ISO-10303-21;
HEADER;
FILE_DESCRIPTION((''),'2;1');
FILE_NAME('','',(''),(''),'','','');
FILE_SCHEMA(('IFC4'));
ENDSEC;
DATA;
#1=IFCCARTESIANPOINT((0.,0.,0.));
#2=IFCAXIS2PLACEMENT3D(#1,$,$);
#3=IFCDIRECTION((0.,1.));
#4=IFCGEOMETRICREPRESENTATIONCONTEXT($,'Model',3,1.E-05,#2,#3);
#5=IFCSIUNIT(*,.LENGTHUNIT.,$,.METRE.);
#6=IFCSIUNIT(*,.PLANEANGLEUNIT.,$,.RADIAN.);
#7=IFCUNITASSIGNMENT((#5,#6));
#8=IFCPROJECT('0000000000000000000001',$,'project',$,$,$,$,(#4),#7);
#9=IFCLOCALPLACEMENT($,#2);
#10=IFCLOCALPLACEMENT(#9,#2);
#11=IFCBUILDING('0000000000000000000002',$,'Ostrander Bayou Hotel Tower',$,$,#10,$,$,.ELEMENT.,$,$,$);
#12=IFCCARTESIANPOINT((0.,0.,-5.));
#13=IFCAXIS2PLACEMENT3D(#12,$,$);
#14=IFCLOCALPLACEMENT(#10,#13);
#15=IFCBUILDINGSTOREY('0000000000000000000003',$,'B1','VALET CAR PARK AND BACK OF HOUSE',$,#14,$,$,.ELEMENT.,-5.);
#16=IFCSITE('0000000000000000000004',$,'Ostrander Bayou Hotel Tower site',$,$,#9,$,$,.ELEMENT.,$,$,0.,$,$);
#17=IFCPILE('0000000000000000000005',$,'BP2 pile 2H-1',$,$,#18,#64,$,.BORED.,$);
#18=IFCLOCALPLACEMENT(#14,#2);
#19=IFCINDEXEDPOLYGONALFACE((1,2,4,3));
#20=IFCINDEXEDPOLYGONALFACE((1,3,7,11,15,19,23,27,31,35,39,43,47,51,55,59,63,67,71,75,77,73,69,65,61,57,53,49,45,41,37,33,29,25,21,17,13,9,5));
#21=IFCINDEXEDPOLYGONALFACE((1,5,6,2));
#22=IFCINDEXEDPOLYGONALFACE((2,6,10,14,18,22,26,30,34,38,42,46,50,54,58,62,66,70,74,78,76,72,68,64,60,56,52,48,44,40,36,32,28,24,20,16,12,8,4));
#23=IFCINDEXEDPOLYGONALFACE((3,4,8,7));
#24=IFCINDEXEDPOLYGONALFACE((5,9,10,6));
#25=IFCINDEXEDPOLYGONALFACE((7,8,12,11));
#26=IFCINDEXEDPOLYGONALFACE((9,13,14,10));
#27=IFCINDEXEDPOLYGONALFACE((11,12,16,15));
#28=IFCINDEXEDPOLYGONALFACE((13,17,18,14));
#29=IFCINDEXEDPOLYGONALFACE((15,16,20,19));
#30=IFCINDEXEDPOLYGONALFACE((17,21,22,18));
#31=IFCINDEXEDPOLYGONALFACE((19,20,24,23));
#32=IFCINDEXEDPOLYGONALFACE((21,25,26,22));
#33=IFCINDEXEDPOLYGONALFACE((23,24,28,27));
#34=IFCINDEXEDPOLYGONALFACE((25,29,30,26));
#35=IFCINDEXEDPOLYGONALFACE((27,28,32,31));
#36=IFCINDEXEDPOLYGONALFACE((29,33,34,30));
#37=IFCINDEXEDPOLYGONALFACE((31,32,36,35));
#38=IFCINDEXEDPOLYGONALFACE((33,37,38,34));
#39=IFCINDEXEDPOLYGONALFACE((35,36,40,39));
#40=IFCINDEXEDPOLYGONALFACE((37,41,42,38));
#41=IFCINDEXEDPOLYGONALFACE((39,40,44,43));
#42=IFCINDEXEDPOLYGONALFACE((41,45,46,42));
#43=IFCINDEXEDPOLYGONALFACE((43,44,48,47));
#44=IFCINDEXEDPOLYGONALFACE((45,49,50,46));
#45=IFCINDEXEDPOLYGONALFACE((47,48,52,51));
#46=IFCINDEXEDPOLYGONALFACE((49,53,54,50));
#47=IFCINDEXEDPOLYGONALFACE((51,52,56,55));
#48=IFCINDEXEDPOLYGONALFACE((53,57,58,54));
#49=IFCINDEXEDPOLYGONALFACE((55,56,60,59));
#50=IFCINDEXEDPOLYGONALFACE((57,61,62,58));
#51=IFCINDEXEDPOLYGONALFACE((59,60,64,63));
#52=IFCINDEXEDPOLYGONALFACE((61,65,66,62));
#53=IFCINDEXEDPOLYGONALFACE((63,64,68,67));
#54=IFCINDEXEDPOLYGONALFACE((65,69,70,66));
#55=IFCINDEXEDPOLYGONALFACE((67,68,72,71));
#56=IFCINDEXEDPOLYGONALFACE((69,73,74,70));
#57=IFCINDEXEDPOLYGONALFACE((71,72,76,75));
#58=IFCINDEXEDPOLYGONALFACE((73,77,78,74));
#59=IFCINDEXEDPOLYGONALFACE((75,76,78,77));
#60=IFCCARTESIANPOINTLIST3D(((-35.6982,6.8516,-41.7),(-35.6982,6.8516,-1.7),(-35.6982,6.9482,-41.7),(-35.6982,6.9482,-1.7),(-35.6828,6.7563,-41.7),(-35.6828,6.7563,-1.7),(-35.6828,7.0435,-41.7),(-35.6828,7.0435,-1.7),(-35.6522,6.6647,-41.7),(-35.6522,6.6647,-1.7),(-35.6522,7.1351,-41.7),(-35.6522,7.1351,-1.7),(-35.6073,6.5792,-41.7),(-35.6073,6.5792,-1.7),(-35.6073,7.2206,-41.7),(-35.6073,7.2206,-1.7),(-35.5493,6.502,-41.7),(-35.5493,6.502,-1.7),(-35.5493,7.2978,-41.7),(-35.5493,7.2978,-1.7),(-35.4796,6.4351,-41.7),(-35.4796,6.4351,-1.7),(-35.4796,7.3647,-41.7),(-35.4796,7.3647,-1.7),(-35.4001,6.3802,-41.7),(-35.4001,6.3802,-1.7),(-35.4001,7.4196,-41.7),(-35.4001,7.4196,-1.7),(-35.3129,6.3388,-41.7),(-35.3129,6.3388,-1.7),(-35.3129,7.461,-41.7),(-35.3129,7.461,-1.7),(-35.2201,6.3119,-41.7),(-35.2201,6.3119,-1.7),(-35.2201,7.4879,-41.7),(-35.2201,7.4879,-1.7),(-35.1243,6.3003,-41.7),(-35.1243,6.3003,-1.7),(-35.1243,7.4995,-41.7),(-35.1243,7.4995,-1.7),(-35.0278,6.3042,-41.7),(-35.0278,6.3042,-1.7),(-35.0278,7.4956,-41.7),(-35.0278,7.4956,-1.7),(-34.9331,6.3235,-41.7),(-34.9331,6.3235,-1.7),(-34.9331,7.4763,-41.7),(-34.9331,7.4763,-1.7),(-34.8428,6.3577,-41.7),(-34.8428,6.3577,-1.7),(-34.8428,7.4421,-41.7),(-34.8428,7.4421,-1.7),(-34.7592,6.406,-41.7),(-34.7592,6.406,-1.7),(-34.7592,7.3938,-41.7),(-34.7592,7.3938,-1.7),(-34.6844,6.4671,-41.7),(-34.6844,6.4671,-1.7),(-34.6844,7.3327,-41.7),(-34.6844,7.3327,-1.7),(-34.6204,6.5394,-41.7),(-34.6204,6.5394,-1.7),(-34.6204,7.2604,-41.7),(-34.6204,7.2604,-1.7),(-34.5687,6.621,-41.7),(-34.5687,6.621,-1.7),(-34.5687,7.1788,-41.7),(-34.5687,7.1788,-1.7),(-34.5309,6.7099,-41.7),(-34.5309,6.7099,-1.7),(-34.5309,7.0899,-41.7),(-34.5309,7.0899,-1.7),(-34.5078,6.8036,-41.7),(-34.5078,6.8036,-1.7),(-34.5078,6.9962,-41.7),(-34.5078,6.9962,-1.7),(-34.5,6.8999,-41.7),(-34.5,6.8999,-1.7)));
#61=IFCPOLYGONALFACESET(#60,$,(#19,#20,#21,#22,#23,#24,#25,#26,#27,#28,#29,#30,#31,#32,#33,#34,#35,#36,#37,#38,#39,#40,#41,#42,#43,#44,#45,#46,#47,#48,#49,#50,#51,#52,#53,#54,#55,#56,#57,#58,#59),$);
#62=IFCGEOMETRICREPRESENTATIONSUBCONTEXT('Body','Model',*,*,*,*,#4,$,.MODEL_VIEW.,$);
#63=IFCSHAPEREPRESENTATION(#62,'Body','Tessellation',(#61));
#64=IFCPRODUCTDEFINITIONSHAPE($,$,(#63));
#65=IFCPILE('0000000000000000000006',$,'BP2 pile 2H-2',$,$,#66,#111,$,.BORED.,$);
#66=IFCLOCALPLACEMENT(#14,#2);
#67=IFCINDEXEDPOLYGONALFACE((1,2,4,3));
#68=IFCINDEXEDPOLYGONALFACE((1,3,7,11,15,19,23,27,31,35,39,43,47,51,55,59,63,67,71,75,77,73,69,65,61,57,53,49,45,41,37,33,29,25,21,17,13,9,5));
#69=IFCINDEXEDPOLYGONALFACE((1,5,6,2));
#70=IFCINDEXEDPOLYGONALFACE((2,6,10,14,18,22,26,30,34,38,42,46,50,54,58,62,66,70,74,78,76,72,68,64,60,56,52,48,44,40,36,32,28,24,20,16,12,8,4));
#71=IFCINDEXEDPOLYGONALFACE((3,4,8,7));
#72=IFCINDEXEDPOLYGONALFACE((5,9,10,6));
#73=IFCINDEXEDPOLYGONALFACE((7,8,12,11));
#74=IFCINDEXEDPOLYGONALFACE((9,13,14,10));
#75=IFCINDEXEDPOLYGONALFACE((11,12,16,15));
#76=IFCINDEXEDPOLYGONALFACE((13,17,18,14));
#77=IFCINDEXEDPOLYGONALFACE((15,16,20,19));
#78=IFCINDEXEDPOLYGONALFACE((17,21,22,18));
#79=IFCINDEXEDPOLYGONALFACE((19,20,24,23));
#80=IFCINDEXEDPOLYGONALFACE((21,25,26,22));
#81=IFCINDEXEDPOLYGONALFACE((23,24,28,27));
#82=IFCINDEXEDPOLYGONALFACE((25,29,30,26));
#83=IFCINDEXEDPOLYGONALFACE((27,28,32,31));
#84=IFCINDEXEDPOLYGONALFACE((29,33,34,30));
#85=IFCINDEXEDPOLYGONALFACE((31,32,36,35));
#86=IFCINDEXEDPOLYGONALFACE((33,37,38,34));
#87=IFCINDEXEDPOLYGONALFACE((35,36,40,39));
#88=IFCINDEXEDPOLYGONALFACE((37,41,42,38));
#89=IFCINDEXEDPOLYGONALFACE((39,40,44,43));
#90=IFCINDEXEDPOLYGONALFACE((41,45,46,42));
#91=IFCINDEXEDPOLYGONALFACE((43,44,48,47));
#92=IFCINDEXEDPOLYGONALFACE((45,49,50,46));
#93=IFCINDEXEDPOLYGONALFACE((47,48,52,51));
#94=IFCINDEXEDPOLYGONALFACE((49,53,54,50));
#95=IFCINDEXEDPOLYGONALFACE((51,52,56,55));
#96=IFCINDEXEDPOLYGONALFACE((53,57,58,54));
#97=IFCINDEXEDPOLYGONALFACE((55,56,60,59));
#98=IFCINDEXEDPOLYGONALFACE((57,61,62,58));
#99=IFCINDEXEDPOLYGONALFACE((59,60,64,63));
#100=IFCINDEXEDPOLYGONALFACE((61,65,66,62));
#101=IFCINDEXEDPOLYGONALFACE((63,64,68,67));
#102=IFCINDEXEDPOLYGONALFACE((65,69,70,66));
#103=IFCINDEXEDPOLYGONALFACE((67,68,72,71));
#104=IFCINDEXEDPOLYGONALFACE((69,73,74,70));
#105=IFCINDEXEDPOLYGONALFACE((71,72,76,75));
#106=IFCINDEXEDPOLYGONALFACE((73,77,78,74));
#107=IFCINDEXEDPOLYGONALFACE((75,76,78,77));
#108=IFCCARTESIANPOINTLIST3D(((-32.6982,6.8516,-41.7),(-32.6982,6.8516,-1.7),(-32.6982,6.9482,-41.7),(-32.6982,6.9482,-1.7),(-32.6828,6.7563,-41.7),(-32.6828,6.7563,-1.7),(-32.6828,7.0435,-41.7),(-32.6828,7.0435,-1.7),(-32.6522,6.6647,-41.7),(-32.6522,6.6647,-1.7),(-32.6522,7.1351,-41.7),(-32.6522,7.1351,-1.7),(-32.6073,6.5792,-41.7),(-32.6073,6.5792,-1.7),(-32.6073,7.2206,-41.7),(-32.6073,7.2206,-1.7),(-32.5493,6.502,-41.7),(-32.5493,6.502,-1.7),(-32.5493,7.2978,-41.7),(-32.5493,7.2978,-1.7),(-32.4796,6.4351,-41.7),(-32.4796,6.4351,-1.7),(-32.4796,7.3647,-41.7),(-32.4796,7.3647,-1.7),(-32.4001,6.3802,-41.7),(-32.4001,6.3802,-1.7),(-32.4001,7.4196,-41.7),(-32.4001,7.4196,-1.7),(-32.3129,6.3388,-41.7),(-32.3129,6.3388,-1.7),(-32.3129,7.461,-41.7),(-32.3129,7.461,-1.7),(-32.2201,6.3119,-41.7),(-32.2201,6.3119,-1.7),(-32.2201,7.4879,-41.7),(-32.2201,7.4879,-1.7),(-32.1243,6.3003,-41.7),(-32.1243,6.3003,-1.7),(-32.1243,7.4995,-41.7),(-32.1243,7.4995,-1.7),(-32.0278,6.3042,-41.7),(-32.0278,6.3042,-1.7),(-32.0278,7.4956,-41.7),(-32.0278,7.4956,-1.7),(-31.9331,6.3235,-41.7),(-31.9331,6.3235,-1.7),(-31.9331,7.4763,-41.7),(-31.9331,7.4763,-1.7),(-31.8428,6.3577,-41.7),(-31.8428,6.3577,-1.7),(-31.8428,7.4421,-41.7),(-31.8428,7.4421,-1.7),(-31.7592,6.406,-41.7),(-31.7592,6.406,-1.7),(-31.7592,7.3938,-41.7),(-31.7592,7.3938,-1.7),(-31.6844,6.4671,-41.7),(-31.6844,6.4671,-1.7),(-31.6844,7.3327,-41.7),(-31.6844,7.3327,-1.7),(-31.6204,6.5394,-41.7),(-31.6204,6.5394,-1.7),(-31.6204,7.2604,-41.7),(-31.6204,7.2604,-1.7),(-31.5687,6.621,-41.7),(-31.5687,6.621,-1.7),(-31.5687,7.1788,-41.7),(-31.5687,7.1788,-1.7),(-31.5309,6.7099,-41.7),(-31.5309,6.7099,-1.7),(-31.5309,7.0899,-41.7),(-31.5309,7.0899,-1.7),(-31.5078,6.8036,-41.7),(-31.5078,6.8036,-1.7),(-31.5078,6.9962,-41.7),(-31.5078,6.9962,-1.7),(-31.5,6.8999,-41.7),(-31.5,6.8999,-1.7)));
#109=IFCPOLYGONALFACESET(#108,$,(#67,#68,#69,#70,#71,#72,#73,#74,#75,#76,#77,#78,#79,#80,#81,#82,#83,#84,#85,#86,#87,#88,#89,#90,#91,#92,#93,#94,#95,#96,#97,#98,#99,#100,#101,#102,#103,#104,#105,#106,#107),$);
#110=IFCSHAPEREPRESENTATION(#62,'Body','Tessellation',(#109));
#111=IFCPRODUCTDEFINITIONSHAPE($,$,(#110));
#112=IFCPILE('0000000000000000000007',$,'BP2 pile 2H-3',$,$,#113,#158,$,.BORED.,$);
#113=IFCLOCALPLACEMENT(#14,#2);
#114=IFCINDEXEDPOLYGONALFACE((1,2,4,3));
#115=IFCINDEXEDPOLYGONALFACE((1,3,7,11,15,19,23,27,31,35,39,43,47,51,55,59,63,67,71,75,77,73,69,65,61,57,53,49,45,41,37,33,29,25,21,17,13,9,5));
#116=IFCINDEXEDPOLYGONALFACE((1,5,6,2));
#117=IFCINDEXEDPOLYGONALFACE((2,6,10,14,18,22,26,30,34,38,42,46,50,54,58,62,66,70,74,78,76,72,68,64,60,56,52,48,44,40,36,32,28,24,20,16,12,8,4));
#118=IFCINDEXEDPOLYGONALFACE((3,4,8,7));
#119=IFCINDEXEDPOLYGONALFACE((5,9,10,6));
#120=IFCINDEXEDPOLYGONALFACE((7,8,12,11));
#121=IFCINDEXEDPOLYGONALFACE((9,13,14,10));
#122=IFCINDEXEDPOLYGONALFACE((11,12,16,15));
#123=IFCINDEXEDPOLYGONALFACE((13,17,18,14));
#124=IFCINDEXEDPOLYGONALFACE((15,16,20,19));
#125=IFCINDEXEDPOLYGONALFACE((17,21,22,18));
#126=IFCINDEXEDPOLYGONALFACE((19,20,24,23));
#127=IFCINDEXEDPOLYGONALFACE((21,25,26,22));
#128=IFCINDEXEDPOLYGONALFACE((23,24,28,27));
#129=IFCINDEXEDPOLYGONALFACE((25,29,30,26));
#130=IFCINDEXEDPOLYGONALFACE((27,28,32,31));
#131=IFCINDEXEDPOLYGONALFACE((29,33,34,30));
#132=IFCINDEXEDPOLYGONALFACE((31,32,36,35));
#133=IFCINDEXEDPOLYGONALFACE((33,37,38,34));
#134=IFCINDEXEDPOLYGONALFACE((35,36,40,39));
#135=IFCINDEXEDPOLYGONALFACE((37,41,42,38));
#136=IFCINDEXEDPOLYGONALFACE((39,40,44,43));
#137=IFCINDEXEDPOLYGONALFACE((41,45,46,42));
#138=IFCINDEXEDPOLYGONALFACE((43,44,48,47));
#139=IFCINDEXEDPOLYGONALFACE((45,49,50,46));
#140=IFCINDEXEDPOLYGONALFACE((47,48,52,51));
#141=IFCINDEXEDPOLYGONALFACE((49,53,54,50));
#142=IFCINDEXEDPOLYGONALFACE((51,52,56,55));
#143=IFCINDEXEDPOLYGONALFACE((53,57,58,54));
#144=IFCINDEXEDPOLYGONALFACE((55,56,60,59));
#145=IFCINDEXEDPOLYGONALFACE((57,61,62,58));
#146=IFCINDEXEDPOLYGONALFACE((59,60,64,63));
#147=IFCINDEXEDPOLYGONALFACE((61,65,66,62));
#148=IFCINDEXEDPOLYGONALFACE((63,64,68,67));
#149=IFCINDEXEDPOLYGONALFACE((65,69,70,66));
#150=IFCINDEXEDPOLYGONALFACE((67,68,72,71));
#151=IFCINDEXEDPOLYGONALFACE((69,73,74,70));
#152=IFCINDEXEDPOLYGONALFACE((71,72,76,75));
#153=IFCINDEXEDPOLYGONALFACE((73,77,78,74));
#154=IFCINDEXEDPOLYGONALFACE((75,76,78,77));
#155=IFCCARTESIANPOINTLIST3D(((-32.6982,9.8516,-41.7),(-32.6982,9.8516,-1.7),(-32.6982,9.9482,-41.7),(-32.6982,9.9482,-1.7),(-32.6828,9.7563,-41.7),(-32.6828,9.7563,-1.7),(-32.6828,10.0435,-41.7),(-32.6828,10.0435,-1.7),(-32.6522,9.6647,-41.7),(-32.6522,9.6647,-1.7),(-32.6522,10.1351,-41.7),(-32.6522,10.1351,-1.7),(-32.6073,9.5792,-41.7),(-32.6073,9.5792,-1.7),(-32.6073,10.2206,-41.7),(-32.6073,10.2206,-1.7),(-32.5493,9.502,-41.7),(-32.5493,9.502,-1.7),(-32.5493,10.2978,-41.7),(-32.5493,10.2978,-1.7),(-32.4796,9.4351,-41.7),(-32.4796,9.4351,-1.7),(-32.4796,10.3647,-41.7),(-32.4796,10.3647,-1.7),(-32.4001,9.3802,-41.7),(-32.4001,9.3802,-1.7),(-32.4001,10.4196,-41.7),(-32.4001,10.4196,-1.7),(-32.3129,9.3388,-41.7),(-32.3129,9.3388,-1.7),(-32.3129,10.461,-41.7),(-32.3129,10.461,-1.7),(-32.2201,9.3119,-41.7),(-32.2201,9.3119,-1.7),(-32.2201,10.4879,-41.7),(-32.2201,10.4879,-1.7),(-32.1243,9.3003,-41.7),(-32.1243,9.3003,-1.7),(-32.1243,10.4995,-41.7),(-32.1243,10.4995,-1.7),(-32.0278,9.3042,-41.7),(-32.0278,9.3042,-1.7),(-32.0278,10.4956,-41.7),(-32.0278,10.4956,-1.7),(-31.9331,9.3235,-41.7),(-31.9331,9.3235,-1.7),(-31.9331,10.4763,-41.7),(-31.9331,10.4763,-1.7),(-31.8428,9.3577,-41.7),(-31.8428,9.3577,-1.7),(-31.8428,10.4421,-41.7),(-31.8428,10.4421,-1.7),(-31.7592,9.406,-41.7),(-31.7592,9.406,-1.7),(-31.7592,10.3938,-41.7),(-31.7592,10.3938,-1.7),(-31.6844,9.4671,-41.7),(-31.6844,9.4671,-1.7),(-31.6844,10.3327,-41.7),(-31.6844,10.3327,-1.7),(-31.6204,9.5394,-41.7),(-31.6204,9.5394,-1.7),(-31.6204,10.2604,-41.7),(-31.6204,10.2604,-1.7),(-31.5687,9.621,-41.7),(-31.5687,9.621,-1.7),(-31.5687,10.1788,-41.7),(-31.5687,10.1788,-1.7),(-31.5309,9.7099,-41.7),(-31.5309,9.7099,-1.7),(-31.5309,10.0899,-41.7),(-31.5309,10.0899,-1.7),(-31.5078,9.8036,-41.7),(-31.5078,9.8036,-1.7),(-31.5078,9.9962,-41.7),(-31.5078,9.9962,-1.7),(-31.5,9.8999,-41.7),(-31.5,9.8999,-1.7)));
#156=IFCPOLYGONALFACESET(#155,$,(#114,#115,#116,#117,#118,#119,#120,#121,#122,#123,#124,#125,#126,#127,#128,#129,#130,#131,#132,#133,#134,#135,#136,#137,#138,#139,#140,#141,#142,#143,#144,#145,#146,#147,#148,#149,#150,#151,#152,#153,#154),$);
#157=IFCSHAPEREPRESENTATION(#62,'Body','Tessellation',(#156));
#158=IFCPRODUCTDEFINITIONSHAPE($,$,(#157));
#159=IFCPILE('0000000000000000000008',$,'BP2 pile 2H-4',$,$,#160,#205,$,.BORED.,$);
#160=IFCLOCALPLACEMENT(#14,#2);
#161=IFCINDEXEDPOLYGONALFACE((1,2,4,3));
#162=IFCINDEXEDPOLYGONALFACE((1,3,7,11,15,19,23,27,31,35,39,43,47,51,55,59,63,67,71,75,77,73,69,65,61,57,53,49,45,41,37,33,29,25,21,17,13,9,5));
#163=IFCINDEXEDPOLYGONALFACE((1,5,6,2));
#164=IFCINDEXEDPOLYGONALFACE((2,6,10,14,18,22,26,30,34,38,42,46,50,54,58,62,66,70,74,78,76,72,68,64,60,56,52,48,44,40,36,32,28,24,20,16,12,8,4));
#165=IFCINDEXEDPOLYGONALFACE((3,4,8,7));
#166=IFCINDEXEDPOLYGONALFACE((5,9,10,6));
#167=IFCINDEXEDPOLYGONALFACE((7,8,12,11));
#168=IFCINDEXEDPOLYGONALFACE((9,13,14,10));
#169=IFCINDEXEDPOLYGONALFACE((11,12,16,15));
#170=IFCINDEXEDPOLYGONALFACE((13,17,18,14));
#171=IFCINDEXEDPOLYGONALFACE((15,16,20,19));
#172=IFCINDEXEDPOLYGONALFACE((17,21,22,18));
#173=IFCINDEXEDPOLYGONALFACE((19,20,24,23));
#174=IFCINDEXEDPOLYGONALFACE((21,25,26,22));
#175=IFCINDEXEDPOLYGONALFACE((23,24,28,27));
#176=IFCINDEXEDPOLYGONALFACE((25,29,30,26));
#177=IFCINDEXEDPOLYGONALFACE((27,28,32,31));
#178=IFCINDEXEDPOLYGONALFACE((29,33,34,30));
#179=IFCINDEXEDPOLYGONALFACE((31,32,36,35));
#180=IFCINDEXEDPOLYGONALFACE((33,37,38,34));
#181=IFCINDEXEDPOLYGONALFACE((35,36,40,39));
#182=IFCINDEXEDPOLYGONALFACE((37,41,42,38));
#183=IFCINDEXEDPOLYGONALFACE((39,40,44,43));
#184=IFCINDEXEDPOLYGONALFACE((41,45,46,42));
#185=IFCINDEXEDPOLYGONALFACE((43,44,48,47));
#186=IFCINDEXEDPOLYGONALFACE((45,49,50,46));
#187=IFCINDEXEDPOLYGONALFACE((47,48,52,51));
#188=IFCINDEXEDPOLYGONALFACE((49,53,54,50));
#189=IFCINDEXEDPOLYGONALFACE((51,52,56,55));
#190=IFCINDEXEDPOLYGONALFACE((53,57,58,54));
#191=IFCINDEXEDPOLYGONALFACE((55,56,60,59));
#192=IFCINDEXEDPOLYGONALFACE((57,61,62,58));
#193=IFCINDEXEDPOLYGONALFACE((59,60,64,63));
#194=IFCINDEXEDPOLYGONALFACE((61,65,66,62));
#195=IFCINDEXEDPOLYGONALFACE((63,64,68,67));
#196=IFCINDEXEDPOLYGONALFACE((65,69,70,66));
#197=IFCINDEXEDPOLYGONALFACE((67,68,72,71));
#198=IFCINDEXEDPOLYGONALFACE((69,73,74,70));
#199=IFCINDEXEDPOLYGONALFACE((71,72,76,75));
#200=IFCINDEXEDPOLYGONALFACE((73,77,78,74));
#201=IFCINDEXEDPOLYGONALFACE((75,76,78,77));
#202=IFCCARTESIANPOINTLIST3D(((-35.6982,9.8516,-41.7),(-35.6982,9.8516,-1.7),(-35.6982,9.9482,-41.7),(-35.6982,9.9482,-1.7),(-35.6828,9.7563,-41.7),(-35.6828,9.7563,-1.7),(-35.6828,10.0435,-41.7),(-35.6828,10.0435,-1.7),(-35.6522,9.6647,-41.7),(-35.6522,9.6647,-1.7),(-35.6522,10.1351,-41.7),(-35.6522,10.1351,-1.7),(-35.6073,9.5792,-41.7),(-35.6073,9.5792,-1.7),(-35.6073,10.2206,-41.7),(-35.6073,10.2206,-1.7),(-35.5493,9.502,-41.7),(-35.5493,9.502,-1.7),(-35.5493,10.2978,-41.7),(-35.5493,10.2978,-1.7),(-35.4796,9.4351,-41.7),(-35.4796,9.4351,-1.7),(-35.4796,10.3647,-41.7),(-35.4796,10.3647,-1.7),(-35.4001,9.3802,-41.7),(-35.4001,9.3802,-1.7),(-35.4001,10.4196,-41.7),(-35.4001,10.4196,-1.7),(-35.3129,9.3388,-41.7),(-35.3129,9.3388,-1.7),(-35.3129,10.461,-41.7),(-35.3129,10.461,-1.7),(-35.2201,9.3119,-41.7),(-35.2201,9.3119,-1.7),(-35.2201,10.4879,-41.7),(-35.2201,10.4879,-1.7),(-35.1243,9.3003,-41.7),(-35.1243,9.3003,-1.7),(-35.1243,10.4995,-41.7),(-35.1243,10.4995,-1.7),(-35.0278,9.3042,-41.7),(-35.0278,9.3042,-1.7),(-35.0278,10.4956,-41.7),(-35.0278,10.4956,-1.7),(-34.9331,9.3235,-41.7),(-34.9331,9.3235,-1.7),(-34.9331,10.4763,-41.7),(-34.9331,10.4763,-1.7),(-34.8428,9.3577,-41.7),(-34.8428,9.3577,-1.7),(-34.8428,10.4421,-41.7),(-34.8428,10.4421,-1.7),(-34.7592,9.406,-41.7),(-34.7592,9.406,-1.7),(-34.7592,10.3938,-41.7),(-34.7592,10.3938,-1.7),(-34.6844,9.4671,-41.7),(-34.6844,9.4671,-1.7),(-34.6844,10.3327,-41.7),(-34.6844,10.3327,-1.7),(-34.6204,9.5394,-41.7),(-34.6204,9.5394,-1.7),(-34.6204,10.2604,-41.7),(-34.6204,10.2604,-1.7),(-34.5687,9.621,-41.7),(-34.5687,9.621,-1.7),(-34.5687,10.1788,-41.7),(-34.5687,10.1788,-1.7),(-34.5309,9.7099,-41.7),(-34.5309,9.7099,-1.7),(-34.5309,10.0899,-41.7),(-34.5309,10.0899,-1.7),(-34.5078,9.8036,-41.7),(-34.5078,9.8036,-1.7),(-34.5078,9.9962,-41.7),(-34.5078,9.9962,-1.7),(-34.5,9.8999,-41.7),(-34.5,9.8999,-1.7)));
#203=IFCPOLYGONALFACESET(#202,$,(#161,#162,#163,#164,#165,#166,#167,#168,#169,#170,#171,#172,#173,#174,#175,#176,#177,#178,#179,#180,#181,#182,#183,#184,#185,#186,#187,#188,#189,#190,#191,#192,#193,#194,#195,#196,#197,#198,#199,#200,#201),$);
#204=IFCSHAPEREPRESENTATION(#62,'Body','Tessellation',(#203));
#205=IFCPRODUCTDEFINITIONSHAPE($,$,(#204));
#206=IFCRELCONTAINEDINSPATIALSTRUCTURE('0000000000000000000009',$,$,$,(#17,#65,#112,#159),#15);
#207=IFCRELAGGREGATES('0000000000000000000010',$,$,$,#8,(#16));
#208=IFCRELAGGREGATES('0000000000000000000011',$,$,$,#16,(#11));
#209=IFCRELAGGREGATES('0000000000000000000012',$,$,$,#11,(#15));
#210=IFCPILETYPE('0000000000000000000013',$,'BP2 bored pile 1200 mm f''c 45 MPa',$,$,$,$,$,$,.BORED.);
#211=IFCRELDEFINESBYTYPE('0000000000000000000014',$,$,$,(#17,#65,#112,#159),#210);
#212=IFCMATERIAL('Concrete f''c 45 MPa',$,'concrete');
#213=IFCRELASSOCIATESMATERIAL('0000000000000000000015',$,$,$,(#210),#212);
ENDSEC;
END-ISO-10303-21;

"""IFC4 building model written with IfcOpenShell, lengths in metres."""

from ifc_helpers import new_model, si_unit, direction, frame, origin, origin_2d, place, context, subcontext, project, spatial, circle, extrude, material, material_profile, profile_set, type_object, element, save


model = new_model("IFC4")

# Units and contexts
model_context = context("Model", 3, precision=1e-05, world=origin(), true_north=direction((0.0, 1.0)))
body_context = subcontext(model_context, "Body", "Model", "MODEL_VIEW")
ifc_project = project(units=[si_unit("LENGTHUNIT", "METRE"), si_unit("PLANEANGLEUNIT", "RADIAN")], contexts=[model_context])

# Site, building, storey
site_placement = place(None, origin())
site = spatial("IfcSite", under=ifc_project, at=site_placement, Name="Ostrander Bayou Hotel Tower site", CompositionType="ELEMENT", RefElevation=0.0)
building_placement = place(site_placement, origin())
building = spatial("IfcBuilding", under=site, at=building_placement, Name="Ostrander Bayou Hotel Tower", CompositionType="ELEMENT")
storey_placement = place(building_placement, frame((0.0, 0.0, -5.0)))
storey = spatial("IfcBuildingStorey", under=building, at=storey_placement, Name="B1", Description="VALET CAR PARK AND BACK OF HOUSE", CompositionType="ELEMENT", Elevation=-5.0)

# Piles
ifc_material_1 = material(Name="Concrete f'c 45 MPa", Category="concrete")
ifc_material_profile_1 = material_profile(ifc_material_1, circle(Radius=0.6001, at=origin_2d()))
ifc_profile_set_1 = profile_set([ifc_material_profile_1], Name="Concrete f'c 45 MPa")
pile_type_1 = type_object("IfcPileType", Name="BP2 bored pile 1200 mm f'c 45 MPa", PredefinedType="BORED", material=ifc_profile_set_1)
for number, where, z_axis, x_axis, name in (
    (1, (-35.1001, 6.8999, -1.7), (0.0, 0.0, -1.0), (1.0, 0.0, 0.0), "BP2 pile 2H-1"),
    (2, (-32.1001, 6.8999, -1.7), (0.0, 0.0, -1.0), (1.0, 0.0, 0.0), "BP2 pile 2H-2"),
    (3, (-32.1001, 9.8999, -1.7), (0.0, 0.0, -1.0), (1.0, 0.0, 0.0), "BP2 pile 2H-3"),
    (4, (-35.1001, 9.8999, -1.7), (0.0, 0.0, -1.0), (1.0, 0.0, 0.0), "BP2 pile 2H-4"),
):
    element("IfcPile", number, at=place(storey_placement, frame(where, z_axis=z_axis, x_axis=x_axis)), inside=storey, type_object=pile_type_1, Name=name, PredefinedType="BORED", context=body_context, shape_type="SweptSolid", body=[
        extrude(circle(Radius=0.6001, at=origin_2d()), origin(), (0.0, 0.0, 1.0), 40.0),
    ])

save(model, "model.ifc")
